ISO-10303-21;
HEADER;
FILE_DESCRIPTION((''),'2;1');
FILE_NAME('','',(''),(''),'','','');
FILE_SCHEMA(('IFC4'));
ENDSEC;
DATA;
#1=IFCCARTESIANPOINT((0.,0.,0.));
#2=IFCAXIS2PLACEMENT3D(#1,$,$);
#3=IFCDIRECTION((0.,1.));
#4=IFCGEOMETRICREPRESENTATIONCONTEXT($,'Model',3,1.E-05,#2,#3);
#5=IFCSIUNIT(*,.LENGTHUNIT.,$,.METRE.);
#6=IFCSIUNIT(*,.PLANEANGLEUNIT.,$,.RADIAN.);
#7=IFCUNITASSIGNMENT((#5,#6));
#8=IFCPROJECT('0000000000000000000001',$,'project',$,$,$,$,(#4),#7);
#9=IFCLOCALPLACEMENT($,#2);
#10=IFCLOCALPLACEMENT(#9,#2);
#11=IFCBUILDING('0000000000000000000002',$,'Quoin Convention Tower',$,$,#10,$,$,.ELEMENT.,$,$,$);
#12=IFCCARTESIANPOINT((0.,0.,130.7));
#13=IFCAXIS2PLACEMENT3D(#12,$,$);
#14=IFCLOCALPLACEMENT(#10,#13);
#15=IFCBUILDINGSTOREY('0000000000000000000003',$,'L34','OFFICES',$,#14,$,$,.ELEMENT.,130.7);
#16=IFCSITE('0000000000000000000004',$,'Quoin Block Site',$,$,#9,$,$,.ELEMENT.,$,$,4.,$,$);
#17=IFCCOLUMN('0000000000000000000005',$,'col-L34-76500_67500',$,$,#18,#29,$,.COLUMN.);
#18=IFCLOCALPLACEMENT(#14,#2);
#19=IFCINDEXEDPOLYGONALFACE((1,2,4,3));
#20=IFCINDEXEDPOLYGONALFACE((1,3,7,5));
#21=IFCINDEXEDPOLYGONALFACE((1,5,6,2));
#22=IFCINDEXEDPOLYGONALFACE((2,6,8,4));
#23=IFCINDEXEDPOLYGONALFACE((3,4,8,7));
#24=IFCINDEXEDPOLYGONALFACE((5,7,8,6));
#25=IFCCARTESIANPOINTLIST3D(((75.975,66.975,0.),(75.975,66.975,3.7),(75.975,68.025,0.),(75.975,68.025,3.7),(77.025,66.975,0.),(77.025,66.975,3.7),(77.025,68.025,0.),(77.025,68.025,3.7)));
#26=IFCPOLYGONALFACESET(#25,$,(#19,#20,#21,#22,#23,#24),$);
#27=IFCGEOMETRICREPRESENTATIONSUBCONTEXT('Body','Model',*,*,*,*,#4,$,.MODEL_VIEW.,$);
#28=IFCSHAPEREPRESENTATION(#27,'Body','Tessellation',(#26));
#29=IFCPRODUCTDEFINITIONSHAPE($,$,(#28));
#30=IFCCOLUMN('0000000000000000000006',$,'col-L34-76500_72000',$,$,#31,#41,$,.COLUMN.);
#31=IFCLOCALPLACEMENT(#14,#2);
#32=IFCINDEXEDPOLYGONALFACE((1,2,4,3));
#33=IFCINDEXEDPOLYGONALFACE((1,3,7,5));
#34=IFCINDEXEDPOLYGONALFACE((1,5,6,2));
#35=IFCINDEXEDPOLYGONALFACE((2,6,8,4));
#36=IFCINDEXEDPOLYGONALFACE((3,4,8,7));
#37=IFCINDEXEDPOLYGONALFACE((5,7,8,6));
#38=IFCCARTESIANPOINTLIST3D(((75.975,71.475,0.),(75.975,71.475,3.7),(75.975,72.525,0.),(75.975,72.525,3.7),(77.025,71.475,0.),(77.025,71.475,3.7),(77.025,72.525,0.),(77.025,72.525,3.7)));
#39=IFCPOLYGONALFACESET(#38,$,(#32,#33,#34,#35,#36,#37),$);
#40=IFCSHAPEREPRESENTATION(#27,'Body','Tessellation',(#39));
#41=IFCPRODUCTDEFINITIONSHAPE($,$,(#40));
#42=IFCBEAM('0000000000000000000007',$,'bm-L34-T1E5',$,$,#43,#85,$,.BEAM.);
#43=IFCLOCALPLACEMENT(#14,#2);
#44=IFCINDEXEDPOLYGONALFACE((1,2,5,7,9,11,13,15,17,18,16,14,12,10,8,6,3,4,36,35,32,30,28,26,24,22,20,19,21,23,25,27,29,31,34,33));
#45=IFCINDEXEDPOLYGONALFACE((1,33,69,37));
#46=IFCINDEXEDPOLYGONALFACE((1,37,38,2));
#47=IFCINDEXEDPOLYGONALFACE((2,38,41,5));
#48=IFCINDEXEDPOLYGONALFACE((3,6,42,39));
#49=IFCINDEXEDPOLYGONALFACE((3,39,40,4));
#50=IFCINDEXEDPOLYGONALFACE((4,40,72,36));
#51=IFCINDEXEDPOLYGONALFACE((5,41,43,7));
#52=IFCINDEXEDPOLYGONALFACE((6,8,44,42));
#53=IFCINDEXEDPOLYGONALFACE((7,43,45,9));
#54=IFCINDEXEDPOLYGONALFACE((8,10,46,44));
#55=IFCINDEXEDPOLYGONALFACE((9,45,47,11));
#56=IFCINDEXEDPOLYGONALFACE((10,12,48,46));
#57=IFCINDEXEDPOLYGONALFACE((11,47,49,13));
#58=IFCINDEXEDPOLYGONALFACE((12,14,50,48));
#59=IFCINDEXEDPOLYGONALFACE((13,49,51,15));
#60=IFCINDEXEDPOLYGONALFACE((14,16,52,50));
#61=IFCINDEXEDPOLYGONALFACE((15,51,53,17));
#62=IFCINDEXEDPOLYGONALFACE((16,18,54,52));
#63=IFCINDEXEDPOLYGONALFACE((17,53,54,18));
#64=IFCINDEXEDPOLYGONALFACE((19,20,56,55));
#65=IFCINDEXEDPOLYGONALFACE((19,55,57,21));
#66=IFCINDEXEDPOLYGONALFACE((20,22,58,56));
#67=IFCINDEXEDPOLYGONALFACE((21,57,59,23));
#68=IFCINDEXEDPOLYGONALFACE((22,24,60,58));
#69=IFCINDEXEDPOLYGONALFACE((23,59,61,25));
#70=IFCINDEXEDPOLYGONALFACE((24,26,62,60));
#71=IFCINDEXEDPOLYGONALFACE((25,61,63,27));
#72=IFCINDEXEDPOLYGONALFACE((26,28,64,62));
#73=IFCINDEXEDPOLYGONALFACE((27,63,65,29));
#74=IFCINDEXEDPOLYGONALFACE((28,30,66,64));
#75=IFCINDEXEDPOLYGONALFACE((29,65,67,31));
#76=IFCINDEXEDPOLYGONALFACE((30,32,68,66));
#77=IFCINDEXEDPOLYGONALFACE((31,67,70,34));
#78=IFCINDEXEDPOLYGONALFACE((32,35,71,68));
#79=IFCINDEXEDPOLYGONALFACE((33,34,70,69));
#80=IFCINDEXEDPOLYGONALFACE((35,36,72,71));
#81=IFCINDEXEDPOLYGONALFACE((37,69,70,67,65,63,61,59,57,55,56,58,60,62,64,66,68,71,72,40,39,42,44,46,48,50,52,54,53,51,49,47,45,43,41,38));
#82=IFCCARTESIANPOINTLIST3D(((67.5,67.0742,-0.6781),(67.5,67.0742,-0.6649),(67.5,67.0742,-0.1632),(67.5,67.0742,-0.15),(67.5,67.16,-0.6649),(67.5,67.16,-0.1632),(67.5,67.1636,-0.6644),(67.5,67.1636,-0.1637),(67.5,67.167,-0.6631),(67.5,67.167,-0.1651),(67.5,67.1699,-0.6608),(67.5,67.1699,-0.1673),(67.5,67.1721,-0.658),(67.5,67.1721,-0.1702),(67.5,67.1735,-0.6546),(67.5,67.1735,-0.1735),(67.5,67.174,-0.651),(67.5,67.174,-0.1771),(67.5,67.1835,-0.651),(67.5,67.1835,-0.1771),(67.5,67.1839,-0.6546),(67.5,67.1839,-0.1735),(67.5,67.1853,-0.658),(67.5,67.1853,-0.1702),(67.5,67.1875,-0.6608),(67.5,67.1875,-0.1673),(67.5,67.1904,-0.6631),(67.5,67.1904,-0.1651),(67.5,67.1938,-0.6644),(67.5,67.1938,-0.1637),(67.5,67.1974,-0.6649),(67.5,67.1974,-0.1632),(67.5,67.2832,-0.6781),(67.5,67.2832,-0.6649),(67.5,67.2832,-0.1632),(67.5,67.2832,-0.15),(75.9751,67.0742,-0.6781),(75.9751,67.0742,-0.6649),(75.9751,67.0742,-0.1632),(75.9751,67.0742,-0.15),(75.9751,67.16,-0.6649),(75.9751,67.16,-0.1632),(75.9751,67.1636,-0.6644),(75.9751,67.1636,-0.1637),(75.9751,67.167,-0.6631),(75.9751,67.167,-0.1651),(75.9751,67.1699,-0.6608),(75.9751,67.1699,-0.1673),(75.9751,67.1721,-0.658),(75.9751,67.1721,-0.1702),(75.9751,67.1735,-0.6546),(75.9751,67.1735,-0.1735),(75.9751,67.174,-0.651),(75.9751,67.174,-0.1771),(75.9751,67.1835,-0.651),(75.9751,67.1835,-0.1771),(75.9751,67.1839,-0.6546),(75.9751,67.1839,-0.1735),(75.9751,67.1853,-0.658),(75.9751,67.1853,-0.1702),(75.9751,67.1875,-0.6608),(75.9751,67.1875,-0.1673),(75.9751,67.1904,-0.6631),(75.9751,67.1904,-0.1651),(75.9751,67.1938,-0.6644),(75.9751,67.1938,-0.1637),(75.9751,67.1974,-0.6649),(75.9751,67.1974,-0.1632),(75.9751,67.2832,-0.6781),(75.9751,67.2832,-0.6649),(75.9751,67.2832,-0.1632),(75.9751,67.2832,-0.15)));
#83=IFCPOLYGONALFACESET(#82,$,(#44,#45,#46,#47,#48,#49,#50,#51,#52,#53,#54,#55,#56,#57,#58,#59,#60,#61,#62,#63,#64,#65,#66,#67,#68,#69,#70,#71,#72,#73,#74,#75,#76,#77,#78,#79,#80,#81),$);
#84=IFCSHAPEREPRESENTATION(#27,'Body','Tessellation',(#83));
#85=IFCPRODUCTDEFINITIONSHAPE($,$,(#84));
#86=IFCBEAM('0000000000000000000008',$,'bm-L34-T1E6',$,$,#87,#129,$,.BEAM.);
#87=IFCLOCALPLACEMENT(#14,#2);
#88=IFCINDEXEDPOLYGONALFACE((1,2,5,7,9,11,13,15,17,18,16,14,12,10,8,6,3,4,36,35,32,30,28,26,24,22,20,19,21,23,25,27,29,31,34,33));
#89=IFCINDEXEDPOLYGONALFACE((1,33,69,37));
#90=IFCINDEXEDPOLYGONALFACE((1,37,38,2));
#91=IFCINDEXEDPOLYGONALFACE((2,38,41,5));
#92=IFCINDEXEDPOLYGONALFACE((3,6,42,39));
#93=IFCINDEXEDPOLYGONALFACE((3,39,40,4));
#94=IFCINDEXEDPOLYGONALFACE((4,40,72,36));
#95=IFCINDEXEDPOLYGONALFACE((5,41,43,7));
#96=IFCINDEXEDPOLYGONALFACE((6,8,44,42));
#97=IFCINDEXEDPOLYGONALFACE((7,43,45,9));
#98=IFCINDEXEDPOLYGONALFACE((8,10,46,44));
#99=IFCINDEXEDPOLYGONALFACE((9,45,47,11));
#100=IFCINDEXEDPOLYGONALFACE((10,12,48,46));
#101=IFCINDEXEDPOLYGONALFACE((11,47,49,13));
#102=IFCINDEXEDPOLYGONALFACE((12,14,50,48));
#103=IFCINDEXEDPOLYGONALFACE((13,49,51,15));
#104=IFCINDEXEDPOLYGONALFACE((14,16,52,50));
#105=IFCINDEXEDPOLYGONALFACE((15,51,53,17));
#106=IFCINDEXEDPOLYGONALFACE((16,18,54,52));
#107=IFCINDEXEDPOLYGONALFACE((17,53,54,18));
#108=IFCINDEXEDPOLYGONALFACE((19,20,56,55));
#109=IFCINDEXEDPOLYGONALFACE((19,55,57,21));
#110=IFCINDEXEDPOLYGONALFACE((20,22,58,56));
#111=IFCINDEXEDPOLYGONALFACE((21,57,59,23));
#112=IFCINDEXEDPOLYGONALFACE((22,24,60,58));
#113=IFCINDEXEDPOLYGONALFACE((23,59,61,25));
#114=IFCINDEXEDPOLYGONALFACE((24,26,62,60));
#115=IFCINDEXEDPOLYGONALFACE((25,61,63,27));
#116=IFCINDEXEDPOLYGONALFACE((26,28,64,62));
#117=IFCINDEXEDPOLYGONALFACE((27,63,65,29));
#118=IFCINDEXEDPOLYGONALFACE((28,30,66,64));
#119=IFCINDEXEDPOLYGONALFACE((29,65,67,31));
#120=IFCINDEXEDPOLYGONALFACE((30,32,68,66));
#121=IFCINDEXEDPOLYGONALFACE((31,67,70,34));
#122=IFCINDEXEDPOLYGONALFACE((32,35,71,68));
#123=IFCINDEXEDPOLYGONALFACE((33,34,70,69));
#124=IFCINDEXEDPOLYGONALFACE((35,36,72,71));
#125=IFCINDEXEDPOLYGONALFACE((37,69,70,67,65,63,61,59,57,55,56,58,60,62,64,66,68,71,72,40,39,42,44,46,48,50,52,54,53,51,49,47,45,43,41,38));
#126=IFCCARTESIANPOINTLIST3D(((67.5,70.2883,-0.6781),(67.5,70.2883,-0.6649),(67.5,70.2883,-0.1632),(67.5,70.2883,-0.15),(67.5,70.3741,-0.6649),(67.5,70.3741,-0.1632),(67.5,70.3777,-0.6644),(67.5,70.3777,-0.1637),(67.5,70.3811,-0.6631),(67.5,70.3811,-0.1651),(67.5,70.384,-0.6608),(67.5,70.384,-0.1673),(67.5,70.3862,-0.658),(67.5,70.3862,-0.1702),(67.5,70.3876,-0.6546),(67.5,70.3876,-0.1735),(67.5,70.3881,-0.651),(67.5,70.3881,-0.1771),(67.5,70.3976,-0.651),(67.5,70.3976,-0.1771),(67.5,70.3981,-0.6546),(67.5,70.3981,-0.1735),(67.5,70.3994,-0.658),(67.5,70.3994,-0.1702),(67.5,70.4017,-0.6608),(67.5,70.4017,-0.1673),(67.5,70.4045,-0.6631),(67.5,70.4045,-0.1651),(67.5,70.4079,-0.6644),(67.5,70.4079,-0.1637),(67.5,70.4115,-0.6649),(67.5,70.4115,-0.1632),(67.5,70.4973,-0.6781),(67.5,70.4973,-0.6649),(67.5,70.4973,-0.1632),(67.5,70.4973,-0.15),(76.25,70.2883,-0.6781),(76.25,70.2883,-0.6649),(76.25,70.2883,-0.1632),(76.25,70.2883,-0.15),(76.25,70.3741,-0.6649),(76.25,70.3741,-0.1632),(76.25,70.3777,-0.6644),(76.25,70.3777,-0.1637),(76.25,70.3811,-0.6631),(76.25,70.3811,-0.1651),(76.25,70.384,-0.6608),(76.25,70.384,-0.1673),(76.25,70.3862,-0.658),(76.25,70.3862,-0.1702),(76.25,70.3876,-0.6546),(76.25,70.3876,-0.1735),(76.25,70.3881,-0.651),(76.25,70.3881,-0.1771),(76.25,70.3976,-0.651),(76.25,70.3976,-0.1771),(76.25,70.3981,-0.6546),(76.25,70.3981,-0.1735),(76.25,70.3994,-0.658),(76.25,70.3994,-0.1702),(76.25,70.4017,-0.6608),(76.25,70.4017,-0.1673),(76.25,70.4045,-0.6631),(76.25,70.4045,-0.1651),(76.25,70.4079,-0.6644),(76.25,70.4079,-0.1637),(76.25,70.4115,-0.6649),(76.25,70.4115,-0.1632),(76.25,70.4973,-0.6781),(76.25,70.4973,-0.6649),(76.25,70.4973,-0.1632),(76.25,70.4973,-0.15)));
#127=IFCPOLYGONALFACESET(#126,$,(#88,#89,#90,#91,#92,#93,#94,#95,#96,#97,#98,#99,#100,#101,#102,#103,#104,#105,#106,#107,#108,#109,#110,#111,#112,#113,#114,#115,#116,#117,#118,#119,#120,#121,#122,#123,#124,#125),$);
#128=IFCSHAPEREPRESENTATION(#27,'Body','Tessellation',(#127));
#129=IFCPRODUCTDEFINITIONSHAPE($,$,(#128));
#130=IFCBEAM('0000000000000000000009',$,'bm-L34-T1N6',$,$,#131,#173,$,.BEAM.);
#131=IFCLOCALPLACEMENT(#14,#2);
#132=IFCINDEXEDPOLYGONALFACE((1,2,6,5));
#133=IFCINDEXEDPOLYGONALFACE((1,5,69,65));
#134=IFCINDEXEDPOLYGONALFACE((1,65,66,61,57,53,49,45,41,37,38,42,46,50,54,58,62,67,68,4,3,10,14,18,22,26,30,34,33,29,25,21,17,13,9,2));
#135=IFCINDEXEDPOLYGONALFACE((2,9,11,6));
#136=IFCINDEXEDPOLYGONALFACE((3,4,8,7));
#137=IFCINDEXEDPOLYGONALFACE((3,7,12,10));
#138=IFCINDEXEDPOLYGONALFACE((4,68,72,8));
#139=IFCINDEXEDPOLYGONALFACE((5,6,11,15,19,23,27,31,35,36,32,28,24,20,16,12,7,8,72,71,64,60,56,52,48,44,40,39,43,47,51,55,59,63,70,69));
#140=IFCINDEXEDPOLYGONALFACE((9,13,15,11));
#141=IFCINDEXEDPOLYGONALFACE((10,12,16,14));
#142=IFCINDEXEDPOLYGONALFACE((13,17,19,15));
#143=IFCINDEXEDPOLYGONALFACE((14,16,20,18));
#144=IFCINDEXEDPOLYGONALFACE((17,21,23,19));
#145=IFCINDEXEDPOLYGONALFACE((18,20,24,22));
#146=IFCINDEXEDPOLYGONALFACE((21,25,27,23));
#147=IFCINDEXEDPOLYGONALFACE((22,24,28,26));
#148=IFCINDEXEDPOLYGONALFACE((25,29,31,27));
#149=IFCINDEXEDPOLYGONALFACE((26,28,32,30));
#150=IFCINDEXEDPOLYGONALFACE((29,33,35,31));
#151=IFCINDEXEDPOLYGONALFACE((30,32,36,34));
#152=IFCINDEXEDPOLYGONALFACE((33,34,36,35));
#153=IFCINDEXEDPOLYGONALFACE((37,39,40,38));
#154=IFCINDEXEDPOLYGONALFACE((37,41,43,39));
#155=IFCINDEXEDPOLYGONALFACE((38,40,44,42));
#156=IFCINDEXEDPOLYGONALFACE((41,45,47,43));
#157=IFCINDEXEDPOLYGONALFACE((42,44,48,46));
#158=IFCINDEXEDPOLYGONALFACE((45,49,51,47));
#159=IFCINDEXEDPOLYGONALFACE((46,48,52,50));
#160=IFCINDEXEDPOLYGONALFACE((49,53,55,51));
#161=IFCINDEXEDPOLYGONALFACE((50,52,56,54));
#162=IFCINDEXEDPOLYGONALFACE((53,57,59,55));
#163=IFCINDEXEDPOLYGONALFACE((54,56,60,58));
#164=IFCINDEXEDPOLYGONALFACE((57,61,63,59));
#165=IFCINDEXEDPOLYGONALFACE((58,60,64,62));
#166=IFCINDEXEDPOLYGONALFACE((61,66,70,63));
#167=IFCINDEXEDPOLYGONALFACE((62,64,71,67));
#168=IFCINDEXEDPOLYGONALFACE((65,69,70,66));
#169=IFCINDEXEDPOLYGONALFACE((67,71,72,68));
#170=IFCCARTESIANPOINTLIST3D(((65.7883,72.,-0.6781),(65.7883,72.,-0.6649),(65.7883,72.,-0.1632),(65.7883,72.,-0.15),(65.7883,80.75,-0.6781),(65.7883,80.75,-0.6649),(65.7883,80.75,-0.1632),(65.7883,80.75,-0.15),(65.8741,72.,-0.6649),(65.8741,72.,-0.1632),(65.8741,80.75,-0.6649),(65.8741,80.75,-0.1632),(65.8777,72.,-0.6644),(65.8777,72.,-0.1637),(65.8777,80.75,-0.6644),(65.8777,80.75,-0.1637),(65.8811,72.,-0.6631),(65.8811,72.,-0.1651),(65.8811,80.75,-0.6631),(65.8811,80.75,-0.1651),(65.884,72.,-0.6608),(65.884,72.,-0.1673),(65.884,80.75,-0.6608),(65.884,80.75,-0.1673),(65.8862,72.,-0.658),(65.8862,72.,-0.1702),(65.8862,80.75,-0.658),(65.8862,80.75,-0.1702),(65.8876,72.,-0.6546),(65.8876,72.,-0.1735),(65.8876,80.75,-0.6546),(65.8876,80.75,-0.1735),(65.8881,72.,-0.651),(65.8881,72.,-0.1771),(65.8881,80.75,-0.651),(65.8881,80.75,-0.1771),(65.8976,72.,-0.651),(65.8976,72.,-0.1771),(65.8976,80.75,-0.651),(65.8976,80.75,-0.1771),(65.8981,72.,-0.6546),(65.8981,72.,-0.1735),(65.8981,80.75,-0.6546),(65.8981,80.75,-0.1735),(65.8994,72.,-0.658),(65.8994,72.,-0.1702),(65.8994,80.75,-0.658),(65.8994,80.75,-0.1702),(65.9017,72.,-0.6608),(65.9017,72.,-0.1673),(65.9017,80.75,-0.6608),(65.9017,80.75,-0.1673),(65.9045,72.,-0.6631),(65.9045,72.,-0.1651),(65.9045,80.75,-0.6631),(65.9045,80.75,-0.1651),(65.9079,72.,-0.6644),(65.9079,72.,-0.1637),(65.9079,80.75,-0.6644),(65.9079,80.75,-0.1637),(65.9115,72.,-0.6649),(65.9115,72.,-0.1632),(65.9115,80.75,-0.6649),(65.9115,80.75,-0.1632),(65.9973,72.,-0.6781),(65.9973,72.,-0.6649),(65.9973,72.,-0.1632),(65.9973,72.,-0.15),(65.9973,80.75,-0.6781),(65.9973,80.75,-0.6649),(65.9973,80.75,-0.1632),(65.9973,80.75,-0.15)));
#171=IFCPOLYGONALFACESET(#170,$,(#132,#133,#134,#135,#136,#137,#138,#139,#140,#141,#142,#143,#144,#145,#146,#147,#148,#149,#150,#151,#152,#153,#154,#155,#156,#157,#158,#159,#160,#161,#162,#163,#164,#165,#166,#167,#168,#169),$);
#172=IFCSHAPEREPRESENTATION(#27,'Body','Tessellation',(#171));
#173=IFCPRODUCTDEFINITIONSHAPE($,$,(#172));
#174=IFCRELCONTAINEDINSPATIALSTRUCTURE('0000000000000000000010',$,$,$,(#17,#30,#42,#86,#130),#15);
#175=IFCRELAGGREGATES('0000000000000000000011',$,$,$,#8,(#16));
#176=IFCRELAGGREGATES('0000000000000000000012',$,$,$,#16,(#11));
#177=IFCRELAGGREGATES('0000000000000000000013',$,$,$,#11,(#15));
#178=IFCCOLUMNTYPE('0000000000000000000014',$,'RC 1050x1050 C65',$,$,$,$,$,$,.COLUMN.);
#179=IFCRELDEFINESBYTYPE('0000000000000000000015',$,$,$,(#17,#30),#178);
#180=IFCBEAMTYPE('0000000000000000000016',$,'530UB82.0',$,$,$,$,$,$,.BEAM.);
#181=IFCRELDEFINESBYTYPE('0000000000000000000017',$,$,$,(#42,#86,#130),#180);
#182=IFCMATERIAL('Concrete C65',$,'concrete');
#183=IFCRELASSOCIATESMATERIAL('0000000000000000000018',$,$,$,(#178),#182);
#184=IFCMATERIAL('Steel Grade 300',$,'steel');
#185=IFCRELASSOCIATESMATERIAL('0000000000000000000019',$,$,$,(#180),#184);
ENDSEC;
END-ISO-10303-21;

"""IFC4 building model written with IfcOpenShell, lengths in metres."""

from ifc_helpers import new_model, si_unit, direction, frame, origin, origin_2d, place, context, subcontext, project, spatial, rectangle, i_section, extrude, material, material_profile, profile_set, type_object, element, save


model = new_model("IFC4")

# Units and contexts
model_context = context("Model", 3, precision=1e-05, world=origin(), true_north=direction((0.0, 1.0)))
body_context = subcontext(model_context, "Body", "Model", "MODEL_VIEW")
ifc_project = project(units=[si_unit("LENGTHUNIT", "METRE"), si_unit("PLANEANGLEUNIT", "RADIAN")], contexts=[model_context])

# Site, building, storey
site_placement = place(None, origin())
site = spatial("IfcSite", under=ifc_project, at=site_placement, Name="Quoin Block Site", CompositionType="ELEMENT", RefElevation=4.0)
building_placement = place(site_placement, origin())
building = spatial("IfcBuilding", under=site, at=building_placement, Name="Quoin Convention Tower", CompositionType="ELEMENT")
storey_placement = place(building_placement, frame((0.0, 0.0, 130.7)))
storey = spatial("IfcBuildingStorey", under=building, at=storey_placement, Name="L34", Description="OFFICES", CompositionType="ELEMENT", Elevation=130.7)

# Columns
ifc_material_1 = material(Name="Concrete C65", Category="concrete")
ifc_material_profile_1 = material_profile(ifc_material_1, rectangle(XDim=1.05, YDim=1.05, at=origin_2d()), Name="RC 1050x1050")
ifc_profile_set_1 = profile_set([ifc_material_profile_1], Name="Concrete C65")
column_type = type_object("IfcColumnType", Name="RC 1050x1050 C65", PredefinedType="COLUMN", material=ifc_profile_set_1)
for number, where, z_axis, x_axis, name in (
    (1, (76.5, 67.5, 0.0), (0.0, 0.0, 1.0), (1.0, 0.0, 0.0), "col-L34-76500_67500"),
    (2, (76.5, 72.0, 0.0), (0.0, 0.0, 1.0), (1.0, 0.0, 0.0), "col-L34-76500_72000"),
):
    element("IfcColumn", number, at=place(storey_placement, frame(where, z_axis=z_axis, x_axis=x_axis)), inside=storey, type_object=column_type, Name=name, PredefinedType="COLUMN", context=body_context, shape_type="SweptSolid", body=[
        extrude(rectangle(XDim=1.05, YDim=1.05, at=origin_2d()), origin(), (0.0, 0.0, 1.0), 3.7),
    ])

# Beams
ifc_material_2 = material(Name="Steel Grade 300", Category="steel")
ifc_material_profile_2 = material_profile(ifc_material_2, i_section(OverallWidth=0.209, OverallDepth=0.5281, WebThickness=0.0095, FlangeThickness=0.0132, FilletRadius=0.0139, at=origin_2d()), Name="530UB82.0")
ifc_profile_set_2 = profile_set([ifc_material_profile_2], Name="Steel Grade 300")
beam_type_1 = type_object("IfcBeamType", Name="530UB82.0", PredefinedType="BEAM", material=ifc_profile_set_2)
beam_placement = place(storey_placement, frame((67.5, 67.1787, -0.4141), z_axis=(1.0, 0.0, 0.0), x_axis=(0.0, 1.0, 0.0)))
element("IfcBeam", 3, at=beam_placement, inside=storey, type_object=beam_type_1, Name="bm-L34-T1E5", PredefinedType="BEAM", context=body_context, shape_type="SweptSolid", body=[
    extrude(i_section(OverallWidth=0.209, OverallDepth=0.5281, WebThickness=0.0095, FlangeThickness=0.0132, FilletRadius=0.0139, at=origin_2d()), origin(), (0.0, 0.0, 1.0), 8.4751),
])
for number, where, z_axis, x_axis, name in (
    (4, (67.5, 70.3928, -0.4141), (1.0, 0.0, 0.0), (0.0, 1.0, 0.0), "bm-L34-T1E6"),
    (5, (65.8928, 72.0, -0.4141), (0.0, 1.0, 0.0), (-1.0, 0.0, 0.0), "bm-L34-T1N6"),
):
    element("IfcBeam", number, at=place(storey_placement, frame(where, z_axis=z_axis, x_axis=x_axis)), inside=storey, type_object=beam_type_1, Name=name, PredefinedType="BEAM", context=body_context, shape_type="SweptSolid", body=[
        extrude(i_section(OverallWidth=0.209, OverallDepth=0.5281, WebThickness=0.0095, FlangeThickness=0.0132, FilletRadius=0.0139, at=origin_2d()), origin(), (0.0, 0.0, 1.0), 8.75),
    ])

save(model, "model.ifc")
